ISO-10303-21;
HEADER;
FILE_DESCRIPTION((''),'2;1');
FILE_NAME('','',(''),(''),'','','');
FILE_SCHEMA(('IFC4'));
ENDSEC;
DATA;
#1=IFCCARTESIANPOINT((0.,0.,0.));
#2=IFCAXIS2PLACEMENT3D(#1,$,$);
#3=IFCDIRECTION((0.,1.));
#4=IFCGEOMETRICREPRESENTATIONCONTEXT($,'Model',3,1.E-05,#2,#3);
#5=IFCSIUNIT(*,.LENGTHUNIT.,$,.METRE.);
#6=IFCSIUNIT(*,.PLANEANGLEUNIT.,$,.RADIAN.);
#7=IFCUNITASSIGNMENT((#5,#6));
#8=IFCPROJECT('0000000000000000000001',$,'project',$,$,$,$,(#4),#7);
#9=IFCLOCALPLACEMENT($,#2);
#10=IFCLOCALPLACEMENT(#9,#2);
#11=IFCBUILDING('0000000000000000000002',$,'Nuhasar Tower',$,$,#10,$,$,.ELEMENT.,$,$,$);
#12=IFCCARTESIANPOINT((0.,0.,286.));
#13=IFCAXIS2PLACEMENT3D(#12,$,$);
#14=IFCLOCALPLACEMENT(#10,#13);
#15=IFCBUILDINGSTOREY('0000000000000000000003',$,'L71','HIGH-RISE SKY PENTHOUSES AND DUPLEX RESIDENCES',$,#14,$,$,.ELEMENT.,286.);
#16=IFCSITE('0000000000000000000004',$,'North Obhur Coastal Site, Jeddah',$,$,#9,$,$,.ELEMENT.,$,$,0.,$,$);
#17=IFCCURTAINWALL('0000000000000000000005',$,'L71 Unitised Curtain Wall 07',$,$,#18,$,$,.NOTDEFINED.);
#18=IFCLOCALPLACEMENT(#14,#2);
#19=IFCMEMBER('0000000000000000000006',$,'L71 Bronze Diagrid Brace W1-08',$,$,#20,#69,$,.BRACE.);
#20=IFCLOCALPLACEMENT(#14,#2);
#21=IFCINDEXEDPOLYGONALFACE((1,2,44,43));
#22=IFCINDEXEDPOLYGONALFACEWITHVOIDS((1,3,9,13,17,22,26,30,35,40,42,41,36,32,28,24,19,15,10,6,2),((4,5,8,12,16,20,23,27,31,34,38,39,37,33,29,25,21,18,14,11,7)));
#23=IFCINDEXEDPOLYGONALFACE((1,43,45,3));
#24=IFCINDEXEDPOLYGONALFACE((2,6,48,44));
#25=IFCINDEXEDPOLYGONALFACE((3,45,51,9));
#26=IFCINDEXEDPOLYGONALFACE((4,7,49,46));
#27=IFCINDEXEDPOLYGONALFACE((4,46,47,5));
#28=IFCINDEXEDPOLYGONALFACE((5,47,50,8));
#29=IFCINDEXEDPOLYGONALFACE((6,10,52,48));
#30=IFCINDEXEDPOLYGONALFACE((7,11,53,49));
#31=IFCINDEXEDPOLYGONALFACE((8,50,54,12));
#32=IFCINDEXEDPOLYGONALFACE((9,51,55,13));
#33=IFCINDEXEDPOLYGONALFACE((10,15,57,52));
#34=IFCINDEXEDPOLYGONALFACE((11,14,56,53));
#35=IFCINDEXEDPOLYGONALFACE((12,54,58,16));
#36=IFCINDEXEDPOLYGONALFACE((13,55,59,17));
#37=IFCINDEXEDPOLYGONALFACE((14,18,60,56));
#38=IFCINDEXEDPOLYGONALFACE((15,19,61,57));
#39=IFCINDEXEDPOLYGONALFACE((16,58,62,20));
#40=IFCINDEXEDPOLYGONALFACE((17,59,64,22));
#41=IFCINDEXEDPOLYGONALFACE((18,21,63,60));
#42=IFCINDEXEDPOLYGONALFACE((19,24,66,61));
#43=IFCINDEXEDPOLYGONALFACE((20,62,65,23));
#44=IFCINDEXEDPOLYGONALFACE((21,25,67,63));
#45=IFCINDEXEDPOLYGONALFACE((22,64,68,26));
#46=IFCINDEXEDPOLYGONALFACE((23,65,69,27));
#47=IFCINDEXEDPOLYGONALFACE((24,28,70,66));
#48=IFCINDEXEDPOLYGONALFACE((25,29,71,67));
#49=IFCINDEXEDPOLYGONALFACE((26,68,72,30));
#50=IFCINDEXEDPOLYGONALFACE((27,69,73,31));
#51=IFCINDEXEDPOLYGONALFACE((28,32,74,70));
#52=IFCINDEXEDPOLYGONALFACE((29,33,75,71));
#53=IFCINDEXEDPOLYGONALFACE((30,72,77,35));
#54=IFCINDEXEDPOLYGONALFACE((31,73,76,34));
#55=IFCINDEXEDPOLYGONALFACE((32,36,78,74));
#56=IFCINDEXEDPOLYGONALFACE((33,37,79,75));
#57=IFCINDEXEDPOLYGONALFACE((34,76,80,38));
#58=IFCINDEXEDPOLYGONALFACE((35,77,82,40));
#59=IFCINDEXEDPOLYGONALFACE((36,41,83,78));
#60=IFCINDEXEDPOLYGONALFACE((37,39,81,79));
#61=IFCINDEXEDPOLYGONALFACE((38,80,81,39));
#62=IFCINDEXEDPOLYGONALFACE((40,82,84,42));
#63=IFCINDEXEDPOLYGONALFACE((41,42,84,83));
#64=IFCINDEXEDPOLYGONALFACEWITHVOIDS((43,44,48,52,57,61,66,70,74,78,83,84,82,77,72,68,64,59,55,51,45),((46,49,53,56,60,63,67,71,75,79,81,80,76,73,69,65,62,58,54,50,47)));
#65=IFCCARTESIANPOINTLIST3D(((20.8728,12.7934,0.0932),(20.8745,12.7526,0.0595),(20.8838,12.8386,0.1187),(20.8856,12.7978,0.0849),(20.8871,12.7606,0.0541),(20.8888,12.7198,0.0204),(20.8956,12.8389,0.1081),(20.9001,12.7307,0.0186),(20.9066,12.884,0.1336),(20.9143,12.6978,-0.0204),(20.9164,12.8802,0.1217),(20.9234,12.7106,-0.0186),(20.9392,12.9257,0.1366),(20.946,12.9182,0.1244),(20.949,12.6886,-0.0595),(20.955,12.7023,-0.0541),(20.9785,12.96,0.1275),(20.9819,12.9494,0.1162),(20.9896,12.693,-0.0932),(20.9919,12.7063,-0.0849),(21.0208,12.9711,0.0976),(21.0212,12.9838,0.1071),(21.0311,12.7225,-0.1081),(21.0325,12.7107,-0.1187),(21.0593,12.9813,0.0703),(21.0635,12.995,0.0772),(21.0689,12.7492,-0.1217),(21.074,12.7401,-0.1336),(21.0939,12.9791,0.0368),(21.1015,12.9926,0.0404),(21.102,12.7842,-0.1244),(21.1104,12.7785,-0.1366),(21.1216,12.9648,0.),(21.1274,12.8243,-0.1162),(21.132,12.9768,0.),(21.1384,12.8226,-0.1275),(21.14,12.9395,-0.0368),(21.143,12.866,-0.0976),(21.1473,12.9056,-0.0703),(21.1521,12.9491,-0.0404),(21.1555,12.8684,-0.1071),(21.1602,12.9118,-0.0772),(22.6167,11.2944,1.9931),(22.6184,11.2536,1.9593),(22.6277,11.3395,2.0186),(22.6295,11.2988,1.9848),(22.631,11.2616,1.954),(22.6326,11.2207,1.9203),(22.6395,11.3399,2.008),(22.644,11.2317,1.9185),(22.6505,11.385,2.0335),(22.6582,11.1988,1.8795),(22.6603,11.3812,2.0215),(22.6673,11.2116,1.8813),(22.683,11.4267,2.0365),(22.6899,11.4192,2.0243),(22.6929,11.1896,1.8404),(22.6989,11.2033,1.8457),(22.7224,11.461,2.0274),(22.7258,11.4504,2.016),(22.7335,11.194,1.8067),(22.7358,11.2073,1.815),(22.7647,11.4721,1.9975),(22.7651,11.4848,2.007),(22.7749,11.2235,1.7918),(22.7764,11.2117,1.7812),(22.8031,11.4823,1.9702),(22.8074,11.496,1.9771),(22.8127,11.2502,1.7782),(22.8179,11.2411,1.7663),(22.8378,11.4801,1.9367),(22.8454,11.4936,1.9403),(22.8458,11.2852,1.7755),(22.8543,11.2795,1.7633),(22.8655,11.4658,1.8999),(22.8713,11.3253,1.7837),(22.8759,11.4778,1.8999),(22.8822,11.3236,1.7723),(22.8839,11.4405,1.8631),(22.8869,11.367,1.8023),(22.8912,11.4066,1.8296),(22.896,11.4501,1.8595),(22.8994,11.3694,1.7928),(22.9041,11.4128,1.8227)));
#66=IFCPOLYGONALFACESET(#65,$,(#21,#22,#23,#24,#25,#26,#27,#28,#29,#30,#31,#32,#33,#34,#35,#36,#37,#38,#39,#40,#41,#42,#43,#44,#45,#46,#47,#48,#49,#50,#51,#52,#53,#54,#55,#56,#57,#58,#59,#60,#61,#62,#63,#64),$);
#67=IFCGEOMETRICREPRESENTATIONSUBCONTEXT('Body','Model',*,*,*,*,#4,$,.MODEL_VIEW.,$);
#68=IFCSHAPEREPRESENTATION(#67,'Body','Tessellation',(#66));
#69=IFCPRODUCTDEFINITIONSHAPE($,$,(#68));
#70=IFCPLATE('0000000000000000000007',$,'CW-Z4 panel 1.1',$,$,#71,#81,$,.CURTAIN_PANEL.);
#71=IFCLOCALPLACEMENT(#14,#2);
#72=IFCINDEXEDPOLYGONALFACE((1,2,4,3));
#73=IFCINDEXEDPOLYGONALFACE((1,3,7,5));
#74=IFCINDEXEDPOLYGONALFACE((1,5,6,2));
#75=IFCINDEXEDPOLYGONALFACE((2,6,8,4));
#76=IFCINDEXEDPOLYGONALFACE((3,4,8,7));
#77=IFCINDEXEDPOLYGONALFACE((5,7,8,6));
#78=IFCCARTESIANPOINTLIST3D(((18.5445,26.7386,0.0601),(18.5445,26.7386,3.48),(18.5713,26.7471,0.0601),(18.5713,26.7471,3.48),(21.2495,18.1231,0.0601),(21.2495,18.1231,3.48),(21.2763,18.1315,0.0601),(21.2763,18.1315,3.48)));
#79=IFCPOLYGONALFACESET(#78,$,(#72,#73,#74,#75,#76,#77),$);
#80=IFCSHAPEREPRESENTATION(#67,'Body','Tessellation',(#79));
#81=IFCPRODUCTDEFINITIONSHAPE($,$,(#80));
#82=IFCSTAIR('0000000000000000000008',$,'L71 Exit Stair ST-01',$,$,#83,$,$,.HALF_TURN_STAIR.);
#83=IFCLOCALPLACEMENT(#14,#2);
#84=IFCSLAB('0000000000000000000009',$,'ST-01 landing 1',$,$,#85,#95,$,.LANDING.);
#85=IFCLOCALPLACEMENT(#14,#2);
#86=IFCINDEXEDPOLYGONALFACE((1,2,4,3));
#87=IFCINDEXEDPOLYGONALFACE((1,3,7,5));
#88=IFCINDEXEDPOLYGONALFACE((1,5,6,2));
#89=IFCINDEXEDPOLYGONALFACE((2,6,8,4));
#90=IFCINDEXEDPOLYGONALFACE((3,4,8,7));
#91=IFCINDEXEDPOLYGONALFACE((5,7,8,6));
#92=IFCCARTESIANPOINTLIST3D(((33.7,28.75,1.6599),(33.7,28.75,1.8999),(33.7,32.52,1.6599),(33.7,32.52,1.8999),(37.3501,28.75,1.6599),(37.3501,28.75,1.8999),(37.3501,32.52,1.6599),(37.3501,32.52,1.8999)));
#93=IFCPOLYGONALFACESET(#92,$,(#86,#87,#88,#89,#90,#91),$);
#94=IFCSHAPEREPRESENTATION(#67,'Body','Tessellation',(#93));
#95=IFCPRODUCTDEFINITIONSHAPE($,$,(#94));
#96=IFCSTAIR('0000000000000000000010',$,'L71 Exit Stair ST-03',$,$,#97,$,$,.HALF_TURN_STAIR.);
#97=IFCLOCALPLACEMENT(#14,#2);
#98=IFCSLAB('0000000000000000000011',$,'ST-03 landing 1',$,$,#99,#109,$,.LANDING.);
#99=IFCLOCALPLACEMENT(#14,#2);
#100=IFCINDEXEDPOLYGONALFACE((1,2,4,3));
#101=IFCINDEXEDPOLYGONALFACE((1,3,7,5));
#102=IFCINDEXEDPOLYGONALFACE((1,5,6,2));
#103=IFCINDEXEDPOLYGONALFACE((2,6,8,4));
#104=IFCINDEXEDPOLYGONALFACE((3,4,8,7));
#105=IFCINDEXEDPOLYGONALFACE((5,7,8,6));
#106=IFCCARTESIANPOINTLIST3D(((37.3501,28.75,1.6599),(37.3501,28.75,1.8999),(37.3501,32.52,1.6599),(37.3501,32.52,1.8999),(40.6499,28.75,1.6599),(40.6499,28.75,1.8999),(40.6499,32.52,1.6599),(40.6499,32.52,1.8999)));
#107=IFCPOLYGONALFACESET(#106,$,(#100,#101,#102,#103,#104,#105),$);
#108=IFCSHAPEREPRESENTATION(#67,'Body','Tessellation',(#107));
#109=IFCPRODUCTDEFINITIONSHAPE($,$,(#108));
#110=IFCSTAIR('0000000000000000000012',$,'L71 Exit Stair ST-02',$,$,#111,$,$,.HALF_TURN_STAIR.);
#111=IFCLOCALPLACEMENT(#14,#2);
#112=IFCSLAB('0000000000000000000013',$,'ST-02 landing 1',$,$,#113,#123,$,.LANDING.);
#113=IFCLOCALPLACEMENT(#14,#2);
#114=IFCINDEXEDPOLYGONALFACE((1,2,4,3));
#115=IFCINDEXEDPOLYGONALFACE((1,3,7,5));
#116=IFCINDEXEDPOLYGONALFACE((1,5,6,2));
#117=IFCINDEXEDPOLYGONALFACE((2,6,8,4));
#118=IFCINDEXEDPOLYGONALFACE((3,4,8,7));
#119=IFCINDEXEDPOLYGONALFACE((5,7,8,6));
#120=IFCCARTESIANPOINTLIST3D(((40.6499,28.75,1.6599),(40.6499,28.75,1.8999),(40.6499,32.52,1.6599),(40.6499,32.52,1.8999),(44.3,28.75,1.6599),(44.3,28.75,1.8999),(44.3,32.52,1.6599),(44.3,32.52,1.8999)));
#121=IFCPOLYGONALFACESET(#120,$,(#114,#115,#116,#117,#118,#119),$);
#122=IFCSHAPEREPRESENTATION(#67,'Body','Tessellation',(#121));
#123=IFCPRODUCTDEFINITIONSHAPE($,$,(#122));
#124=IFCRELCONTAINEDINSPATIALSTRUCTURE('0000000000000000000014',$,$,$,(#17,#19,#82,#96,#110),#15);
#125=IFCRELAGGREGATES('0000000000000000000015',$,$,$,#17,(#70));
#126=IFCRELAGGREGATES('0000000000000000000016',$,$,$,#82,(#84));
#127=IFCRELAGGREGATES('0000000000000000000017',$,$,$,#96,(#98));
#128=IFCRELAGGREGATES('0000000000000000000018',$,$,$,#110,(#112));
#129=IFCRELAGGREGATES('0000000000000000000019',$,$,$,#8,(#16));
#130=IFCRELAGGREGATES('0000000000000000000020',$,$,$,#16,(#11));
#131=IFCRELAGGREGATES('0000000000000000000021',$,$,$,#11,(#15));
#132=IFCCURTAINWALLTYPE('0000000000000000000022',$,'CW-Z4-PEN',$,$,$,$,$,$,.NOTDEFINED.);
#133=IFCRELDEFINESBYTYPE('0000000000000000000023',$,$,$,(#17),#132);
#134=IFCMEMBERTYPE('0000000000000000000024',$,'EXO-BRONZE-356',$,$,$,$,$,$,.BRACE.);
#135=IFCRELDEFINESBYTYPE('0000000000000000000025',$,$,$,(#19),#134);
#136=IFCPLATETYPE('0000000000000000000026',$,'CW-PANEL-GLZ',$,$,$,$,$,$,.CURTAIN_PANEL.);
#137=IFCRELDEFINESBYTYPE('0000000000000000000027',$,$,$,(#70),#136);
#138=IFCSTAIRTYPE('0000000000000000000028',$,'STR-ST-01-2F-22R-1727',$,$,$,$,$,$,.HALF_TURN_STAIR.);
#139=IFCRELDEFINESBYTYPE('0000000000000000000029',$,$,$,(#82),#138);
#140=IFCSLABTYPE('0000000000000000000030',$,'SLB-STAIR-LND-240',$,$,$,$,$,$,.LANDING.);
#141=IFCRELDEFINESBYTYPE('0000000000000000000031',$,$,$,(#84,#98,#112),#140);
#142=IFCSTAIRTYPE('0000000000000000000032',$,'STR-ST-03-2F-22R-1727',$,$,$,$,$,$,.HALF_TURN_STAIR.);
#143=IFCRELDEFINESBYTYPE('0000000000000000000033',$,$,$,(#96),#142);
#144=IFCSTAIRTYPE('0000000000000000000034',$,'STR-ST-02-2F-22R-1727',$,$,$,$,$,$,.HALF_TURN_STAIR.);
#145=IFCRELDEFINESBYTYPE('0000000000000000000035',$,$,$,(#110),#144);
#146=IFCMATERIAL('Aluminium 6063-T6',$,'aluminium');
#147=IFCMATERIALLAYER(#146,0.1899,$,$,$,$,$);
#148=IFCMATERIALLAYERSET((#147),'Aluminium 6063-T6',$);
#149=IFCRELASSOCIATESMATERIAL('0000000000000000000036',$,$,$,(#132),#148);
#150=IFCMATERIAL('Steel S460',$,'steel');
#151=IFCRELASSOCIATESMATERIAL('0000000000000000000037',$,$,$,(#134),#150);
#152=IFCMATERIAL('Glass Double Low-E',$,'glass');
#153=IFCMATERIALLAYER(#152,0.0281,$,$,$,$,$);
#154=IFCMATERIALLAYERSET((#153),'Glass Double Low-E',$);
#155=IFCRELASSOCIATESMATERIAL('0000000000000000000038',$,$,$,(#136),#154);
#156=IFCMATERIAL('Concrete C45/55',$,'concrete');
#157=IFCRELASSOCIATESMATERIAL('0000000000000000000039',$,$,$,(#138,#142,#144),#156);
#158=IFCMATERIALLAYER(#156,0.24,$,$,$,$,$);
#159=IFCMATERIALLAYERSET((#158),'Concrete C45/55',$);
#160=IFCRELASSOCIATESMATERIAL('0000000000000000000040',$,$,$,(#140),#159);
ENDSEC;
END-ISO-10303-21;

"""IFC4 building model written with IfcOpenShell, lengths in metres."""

from ifc_helpers import new_model, si_unit, direction, frame, origin, origin_2d, place, context, subcontext, project, spatial, polyline, rectangle, hollow_circle, outline, extrude, material, layer, layer_set, material_profile, profile_set, type_object, element, aggregate, save


model = new_model("IFC4")

# Units and contexts
model_context = context("Model", 3, precision=1e-05, world=origin(), true_north=direction((0.0, 1.0)))
body_context = subcontext(model_context, "Body", "Model", "MODEL_VIEW")
ifc_project = project(units=[si_unit("LENGTHUNIT", "METRE"), si_unit("PLANEANGLEUNIT", "RADIAN")], contexts=[model_context])

# Site, building, storey
site_placement = place(None, origin())
site = spatial("IfcSite", under=ifc_project, at=site_placement, Name="North Obhur Coastal Site, Jeddah", CompositionType="ELEMENT", RefElevation=0.0)
building_placement = place(site_placement, origin())
building = spatial("IfcBuilding", under=site, at=building_placement, Name="Nuhasar Tower", CompositionType="ELEMENT")
storey_placement = place(building_placement, frame((0.0, 0.0, 286.0)))
storey = spatial("IfcBuildingStorey", under=building, at=storey_placement, Name="L71", Description="HIGH-RISE SKY PENTHOUSES AND DUPLEX RESIDENCES", CompositionType="ELEMENT", Elevation=286.0)

# Curtain wall
ifc_material_1 = material(Name="Aluminium 6063-T6", Category="aluminium")
ifc_layer_1 = layer(ifc_material_1, 0.1899)
ifc_layer_set_1 = layer_set([ifc_layer_1], Name="Aluminium 6063-T6")
curtain_wall_type = type_object("IfcCurtainWallType", Name="CW-Z4-PEN", PredefinedType="NOTDEFINED", material=ifc_layer_set_1)
curtain_wall_1_placement = place(storey_placement, origin())
curtain_wall_1 = element("IfcCurtainWall", 1, at=curtain_wall_1_placement, inside=storey, type_object=curtain_wall_type, Name="L71 Unitised Curtain Wall 07", PredefinedType="NOTDEFINED")

# Member
ifc_material_2 = material(Name="Steel S460", Category="steel")
ifc_material_profile_1 = material_profile(ifc_material_2, hollow_circle(Radius=0.1777, WallThickness=0.0159, at=origin_2d()), Name="HSS355.6X15.9")
ifc_profile_set_1 = profile_set([ifc_material_profile_1], Name="Steel S460")
member_type_1 = type_object("IfcMemberType", Name="EXO-BRONZE-356", PredefinedType="BRACE", material=ifc_profile_set_1)
for number, where, z_axis, x_axis, name in (
    (2, (21.0161, 12.842, 0.0), (0.584625, -0.502534, 0.636925), (0.651857, 0.758342, 0.0), "L71 Bronze Diagrid Brace W1-08"),
):
    element("IfcMember", number, at=place(storey_placement, frame(where, z_axis=z_axis, x_axis=x_axis)), inside=storey, type_object=member_type_1, Name=name, PredefinedType="BRACE", context=body_context, shape_type="SweptSolid", body=[
        extrude(hollow_circle(Radius=0.1777, WallThickness=0.0159, at=origin_2d()), origin(), (0.0, 0.0, 1.0), 2.9829),
    ])

# Plate
ifc_material_3 = material(Name="Glass Double Low-E", Category="glass")
ifc_layer_2 = layer(ifc_material_3, 0.0281)
ifc_layer_set_2 = layer_set([ifc_layer_2], Name="Glass Double Low-E")
plate_type = type_object("IfcPlateType", Name="CW-PANEL-GLZ", PredefinedType="CURTAIN_PANEL", material=ifc_layer_set_2)
plate_placement = place(storey_placement, frame((19.9104, 22.4351, 0.0601), z_axis=(0.0, 0.0, 1.0), x_axis=(0.299557, -0.954079, 0.0)))
plate = element("IfcPlate", 3, at=plate_placement, type_object=plate_type, Name="CW-Z4 panel 1.1", PredefinedType="CURTAIN_PANEL", context=body_context, shape_type="SweptSolid", body=[
    extrude(rectangle(XDim=9.0303, YDim=0.0281, at=origin_2d()), origin(), (0.0, 0.0, 1.0), 3.4199),
])
aggregate(curtain_wall_1, [plate])

# Stairs, slabs
ifc_material_4 = material(Name="Concrete C45/55", Category="concrete")
stair_type_1 = type_object("IfcStairType", Name="STR-ST-01-2F-22R-1727", PredefinedType="HALF_TURN_STAIR", material=ifc_material_4)
stair_1_placement = place(storey_placement, origin())
stair_1 = element("IfcStair", 4, at=stair_1_placement, inside=storey, type_object=stair_type_1, Name="L71 Exit Stair ST-01", PredefinedType="HALF_TURN_STAIR")
ifc_layer_3 = layer(ifc_material_4, 0.24)
ifc_layer_set_3 = layer_set([ifc_layer_3], Name="Concrete C45/55")
slab_type_1 = type_object("IfcSlabType", Name="SLB-STAIR-LND-240", PredefinedType="LANDING", material=ifc_layer_set_3)
slab_1_placement = place(storey_placement, frame((0.0, 0.0, 1.6599)))
slab_1 = element("IfcSlab", 5, at=slab_1_placement, type_object=slab_type_1, Name="ST-01 landing 1", PredefinedType="LANDING", context=body_context, shape_type="SweptSolid", body=[
    extrude(outline(polyline([(33.7, 28.75), (37.3501, 28.75), (37.3501, 32.52), (33.7, 32.52), (33.7, 28.75)])), origin(), (0.0, 0.0, 1.0), 0.24),
])
aggregate(stair_1, [slab_1])
stair_type_2 = type_object("IfcStairType", Name="STR-ST-03-2F-22R-1727", PredefinedType="HALF_TURN_STAIR", material=ifc_material_4)
stair_2_placement = place(storey_placement, origin())
stair_2 = element("IfcStair", 6, at=stair_2_placement, inside=storey, type_object=stair_type_2, Name="L71 Exit Stair ST-03", PredefinedType="HALF_TURN_STAIR")
slab_2_placement = place(storey_placement, frame((0.0, 0.0, 1.6599)))
slab_2 = element("IfcSlab", 7, at=slab_2_placement, type_object=slab_type_1, Name="ST-03 landing 1", PredefinedType="LANDING", context=body_context, shape_type="SweptSolid", body=[
    extrude(outline(polyline([(37.3501, 28.75), (40.6499, 28.75), (40.6499, 32.52), (37.3501, 32.52), (37.3501, 28.75)])), origin(), (0.0, 0.0, 1.0), 0.24),
])
aggregate(stair_2, [slab_2])
stair_type_3 = type_object("IfcStairType", Name="STR-ST-02-2F-22R-1727", PredefinedType="HALF_TURN_STAIR", material=ifc_material_4)
stair_3_placement = place(storey_placement, origin())
stair_3 = element("IfcStair", 8, at=stair_3_placement, inside=storey, type_object=stair_type_3, Name="L71 Exit Stair ST-02", PredefinedType="HALF_TURN_STAIR")
slab_3_placement = place(storey_placement, frame((0.0, 0.0, 1.6599)))
slab_3 = element("IfcSlab", 9, at=slab_3_placement, type_object=slab_type_1, Name="ST-02 landing 1", PredefinedType="LANDING", context=body_context, shape_type="SweptSolid", body=[
    extrude(outline(polyline([(40.6499, 28.75), (44.3, 28.75), (44.3, 32.52), (40.6499, 32.52), (40.6499, 28.75)])), origin(), (0.0, 0.0, 1.0), 0.24),
])
aggregate(stair_3, [slab_3])

save(model, "model.ifc")
